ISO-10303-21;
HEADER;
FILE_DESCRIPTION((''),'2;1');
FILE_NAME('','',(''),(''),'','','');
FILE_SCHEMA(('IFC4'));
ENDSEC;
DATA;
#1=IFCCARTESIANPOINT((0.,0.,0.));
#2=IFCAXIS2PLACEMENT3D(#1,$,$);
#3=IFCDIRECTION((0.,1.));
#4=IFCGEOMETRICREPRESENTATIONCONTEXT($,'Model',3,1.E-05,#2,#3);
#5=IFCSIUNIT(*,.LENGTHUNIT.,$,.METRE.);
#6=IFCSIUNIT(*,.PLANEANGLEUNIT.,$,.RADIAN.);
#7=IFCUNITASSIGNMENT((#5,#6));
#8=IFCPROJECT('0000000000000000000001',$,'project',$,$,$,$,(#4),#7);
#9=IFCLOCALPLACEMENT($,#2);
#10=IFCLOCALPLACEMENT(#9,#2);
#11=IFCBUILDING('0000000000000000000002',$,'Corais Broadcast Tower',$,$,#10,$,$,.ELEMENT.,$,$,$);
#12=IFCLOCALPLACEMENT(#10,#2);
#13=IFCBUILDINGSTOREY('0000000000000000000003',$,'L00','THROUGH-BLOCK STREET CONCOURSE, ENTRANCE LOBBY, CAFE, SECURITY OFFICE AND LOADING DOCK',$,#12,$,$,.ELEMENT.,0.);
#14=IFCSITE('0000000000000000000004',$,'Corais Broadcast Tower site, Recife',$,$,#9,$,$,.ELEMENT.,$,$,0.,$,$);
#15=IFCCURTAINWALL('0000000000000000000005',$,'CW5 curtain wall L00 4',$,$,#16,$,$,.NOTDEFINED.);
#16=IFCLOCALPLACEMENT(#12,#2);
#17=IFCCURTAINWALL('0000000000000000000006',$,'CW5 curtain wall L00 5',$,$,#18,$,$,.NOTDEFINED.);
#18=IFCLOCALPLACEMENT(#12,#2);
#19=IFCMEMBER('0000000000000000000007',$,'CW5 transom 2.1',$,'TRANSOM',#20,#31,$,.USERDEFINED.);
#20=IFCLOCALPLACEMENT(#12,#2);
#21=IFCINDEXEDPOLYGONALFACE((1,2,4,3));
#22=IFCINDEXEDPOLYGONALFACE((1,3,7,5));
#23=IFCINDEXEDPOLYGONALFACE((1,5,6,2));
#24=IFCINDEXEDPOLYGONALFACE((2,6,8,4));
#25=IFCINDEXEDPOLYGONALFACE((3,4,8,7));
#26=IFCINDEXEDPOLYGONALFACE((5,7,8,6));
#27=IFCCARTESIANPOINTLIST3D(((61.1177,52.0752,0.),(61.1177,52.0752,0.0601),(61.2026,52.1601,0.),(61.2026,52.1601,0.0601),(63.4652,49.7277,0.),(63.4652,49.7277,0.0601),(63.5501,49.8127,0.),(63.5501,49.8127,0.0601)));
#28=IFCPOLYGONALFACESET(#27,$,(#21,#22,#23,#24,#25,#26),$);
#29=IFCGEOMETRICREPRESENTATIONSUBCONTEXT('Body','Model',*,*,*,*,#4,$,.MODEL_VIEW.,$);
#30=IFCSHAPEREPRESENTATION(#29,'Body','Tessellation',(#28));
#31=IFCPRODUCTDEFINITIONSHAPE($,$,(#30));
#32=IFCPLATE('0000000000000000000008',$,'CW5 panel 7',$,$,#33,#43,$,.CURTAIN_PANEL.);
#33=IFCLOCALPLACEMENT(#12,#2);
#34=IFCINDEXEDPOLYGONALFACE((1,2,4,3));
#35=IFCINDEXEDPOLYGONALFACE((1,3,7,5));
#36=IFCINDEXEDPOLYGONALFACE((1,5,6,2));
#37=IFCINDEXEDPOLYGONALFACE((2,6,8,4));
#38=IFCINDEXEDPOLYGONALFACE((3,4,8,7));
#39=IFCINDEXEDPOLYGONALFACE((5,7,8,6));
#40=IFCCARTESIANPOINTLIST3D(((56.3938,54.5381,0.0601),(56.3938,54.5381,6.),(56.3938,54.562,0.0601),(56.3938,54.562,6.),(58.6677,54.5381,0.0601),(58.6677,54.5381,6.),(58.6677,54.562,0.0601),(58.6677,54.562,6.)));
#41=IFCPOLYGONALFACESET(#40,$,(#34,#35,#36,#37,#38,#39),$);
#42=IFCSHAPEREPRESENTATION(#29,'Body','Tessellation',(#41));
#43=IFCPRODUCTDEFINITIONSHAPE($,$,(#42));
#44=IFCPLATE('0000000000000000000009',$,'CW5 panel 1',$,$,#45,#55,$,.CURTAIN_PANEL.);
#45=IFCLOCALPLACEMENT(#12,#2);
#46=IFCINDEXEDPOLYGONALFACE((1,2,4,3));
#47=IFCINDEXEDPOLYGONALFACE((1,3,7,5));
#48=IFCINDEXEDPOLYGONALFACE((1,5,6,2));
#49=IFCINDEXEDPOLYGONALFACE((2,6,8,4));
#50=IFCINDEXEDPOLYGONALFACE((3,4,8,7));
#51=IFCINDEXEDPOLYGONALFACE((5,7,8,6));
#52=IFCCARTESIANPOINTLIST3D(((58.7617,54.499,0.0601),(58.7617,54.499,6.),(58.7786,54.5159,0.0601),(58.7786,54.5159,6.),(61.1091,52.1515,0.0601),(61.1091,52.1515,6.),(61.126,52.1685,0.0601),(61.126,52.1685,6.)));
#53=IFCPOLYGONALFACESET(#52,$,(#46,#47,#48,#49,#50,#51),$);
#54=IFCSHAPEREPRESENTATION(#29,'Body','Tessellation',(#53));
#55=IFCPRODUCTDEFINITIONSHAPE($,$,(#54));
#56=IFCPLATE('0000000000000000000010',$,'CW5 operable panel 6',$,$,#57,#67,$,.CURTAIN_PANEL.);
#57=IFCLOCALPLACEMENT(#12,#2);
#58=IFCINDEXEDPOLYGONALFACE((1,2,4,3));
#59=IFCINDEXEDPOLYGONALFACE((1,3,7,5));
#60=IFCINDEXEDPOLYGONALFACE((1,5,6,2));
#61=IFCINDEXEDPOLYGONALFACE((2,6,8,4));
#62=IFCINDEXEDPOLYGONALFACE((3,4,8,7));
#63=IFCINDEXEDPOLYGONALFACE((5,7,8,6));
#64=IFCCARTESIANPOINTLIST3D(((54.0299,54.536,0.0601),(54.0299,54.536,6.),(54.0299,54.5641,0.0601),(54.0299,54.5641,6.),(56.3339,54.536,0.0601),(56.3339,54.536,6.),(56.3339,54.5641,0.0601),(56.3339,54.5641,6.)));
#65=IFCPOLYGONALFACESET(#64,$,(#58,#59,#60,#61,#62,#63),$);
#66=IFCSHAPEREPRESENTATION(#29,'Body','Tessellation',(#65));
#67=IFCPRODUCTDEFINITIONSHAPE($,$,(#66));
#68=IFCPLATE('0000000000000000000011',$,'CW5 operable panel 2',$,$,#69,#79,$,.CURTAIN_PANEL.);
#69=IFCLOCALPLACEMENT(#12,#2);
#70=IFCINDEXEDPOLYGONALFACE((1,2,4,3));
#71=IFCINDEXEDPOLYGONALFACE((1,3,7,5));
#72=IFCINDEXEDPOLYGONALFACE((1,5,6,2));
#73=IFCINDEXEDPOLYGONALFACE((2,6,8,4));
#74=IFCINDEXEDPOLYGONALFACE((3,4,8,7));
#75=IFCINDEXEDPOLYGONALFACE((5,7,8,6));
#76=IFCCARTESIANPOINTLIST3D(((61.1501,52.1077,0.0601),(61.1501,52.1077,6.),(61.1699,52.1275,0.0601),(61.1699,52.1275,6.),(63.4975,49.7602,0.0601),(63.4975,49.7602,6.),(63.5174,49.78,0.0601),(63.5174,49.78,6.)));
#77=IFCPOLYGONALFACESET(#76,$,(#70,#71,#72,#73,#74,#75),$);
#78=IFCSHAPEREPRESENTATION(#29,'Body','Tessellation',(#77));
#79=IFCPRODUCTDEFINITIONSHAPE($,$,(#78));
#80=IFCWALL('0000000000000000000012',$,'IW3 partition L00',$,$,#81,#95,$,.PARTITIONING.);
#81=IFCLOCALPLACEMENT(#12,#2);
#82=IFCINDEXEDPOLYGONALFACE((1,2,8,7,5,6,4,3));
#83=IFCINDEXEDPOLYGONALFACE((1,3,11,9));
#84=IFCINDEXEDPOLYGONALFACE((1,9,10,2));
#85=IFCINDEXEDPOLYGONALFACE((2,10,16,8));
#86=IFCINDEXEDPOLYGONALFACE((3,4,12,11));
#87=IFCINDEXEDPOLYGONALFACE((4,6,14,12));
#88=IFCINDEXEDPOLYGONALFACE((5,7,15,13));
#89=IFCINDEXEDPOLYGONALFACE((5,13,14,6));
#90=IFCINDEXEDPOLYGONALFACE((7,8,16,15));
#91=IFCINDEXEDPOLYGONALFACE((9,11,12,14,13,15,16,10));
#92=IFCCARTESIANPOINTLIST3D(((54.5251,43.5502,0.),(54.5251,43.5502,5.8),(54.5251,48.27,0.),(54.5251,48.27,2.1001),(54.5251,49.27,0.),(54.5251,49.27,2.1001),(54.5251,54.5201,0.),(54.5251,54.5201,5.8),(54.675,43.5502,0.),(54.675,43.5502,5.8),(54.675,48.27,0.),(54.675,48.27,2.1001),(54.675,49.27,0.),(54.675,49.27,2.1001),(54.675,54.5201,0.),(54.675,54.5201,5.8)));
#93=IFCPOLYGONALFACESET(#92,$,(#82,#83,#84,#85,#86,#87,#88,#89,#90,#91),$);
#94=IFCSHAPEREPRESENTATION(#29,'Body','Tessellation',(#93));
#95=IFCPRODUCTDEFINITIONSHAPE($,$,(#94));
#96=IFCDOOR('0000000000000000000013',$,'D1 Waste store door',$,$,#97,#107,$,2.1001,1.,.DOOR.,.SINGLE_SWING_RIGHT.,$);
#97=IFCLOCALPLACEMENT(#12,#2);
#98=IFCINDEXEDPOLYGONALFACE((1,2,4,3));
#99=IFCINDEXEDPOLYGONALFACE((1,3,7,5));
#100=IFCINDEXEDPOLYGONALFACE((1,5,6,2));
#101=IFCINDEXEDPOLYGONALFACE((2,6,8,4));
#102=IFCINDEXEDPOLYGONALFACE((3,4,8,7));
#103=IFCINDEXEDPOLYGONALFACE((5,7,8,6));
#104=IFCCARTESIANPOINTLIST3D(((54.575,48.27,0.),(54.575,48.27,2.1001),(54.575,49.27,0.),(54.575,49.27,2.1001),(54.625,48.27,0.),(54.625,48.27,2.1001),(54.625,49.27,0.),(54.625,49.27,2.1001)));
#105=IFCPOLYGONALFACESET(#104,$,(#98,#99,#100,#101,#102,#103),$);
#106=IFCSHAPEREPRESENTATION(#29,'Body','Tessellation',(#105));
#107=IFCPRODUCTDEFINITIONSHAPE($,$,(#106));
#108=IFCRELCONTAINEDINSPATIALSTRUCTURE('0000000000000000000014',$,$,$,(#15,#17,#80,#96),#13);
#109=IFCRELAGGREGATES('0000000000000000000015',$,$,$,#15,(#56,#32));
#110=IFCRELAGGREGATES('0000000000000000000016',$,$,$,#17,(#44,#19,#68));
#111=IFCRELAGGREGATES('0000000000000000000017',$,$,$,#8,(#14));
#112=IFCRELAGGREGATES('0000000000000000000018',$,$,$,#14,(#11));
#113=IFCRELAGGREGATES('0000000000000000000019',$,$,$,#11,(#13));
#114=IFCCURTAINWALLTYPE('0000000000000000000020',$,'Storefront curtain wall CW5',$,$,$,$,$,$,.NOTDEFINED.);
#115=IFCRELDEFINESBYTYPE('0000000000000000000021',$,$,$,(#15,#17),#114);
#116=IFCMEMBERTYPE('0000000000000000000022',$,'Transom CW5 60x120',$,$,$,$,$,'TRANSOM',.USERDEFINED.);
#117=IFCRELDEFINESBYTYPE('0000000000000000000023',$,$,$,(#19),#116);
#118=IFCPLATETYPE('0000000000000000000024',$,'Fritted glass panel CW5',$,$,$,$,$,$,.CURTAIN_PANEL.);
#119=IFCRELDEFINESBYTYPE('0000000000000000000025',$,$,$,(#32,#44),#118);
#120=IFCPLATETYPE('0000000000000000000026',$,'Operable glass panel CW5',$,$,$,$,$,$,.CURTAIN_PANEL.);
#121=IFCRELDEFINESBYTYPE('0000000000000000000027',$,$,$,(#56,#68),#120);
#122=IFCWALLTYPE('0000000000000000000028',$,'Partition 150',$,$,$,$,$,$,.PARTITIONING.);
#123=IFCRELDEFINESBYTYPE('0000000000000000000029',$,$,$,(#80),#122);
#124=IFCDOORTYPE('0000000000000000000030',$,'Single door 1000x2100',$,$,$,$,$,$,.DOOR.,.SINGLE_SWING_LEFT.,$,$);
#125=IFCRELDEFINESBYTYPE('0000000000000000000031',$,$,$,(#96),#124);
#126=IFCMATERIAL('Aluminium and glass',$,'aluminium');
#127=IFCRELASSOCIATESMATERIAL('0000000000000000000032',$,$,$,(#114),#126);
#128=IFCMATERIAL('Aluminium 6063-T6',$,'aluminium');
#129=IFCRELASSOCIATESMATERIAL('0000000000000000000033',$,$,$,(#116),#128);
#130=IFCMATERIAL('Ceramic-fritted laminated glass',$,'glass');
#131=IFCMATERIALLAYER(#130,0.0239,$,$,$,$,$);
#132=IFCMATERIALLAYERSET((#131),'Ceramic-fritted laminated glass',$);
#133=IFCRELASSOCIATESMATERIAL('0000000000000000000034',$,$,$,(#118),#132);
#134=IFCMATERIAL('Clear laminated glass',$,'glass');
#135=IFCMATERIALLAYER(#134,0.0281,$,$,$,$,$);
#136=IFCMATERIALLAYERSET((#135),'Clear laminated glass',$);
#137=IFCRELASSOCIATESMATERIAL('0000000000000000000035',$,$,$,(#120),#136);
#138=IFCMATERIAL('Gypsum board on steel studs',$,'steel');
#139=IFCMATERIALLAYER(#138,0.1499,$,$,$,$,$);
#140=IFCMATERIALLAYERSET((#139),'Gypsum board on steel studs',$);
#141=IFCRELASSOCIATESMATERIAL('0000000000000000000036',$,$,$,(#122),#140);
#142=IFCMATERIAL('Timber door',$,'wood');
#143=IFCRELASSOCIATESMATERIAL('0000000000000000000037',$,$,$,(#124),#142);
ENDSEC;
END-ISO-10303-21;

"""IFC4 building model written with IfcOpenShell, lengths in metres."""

from ifc_helpers import new_model, si_unit, direction, frame, frame_2d, origin, origin_2d, place, context, subcontext, project, spatial, rectangle, extrude, material, layer, layer_set, material_profile, profile_set, type_object, element, fill, aggregate, save


model = new_model("IFC4")

# Units and contexts
model_context = context("Model", 3, precision=1e-05, world=origin(), true_north=direction((0.0, 1.0)))
body_context = subcontext(model_context, "Body", "Model", "MODEL_VIEW")
ifc_project = project(units=[si_unit("LENGTHUNIT", "METRE"), si_unit("PLANEANGLEUNIT", "RADIAN")], contexts=[model_context])

# Site, building, storey
site_placement = place(None, origin())
site = spatial("IfcSite", under=ifc_project, at=site_placement, Name="Corais Broadcast Tower site, Recife", CompositionType="ELEMENT", RefElevation=0.0)
building_placement = place(site_placement, origin())
building = spatial("IfcBuilding", under=site, at=building_placement, Name="Corais Broadcast Tower", CompositionType="ELEMENT")
storey_placement = place(building_placement, origin())
storey = spatial("IfcBuildingStorey", under=building, at=storey_placement, Name="L00", Description="THROUGH-BLOCK STREET CONCOURSE, ENTRANCE LOBBY, CAFE, SECURITY OFFICE AND LOADING DOCK", CompositionType="ELEMENT", Elevation=0.0)

# Curtain walls
ifc_material_1 = material(Name="Aluminium and glass", Category="aluminium")
curtain_wall_type = type_object("IfcCurtainWallType", Name="Storefront curtain wall CW5", PredefinedType="NOTDEFINED", material=ifc_material_1)
curtain_wall_1_placement = place(storey_placement, origin())
curtain_wall_1 = element("IfcCurtainWall", 1, at=curtain_wall_1_placement, inside=storey, type_object=curtain_wall_type, Name="CW5 curtain wall L00 4", PredefinedType="NOTDEFINED")
curtain_wall_2_placement = place(storey_placement, origin())
curtain_wall_2 = element("IfcCurtainWall", 2, at=curtain_wall_2_placement, inside=storey, type_object=curtain_wall_type, Name="CW5 curtain wall L00 5", PredefinedType="NOTDEFINED")

# Member
ifc_material_2 = material(Name="Aluminium 6063-T6", Category="aluminium")
ifc_material_profile_1 = material_profile(ifc_material_2, rectangle(XDim=0.1201, YDim=0.0601, at=origin_2d()), Name="Transom CW5 60x120")
ifc_profile_set_1 = profile_set([ifc_material_profile_1], Name="Aluminium 6063-T6")
member_type_1 = type_object("IfcMemberType", Name="Transom CW5 60x120", ElementType="TRANSOM", PredefinedType="USERDEFINED", material=ifc_profile_set_1)
member_1_placement = place(storey_placement, frame((61.1602, 52.1177, 0.03), z_axis=(0.707107, -0.707107, 0.0), x_axis=(0.707107, 0.707107, 0.0)))
member_1 = element("IfcMember", 3, at=member_1_placement, type_object=member_type_1, Name="CW5 transom 2.1", ObjectType="TRANSOM", PredefinedType="USERDEFINED", context=body_context, shape_type="SweptSolid", body=[
    extrude(rectangle(XDim=0.1201, YDim=0.0601, at=origin_2d()), origin(), (0.0, 0.0, 1.0), 3.3198),
])

# Plates
ifc_material_3 = material(Name="Ceramic-fritted laminated glass", Category="glass")
ifc_layer_1 = layer(ifc_material_3, 0.0239)
ifc_layer_set_1 = layer_set([ifc_layer_1], Name="Ceramic-fritted laminated glass")
plate_type_1 = type_object("IfcPlateType", Name="Fritted glass panel CW5", PredefinedType="CURTAIN_PANEL", material=ifc_layer_set_1)
plate_1_placement = place(storey_placement, frame((57.5308, 54.55, 0.0601), z_axis=(0.0, 0.0, 1.0), x_axis=(1.0, 0.0, 0.0)))
plate_1 = element("IfcPlate", 4, at=plate_1_placement, type_object=plate_type_1, Name="CW5 panel 7", PredefinedType="CURTAIN_PANEL", context=body_context, shape_type="SweptSolid", body=[
    extrude(rectangle(XDim=2.2739, YDim=0.0239, at=origin_2d()), origin(), (0.0, 0.0, 1.0), 5.9399),
])
plate_2_placement = place(storey_placement, frame((59.9438, 53.3337, 0.0601), z_axis=(0.0, 0.0, 1.0), x_axis=(0.707107, -0.707107, 0.0)))
plate_2 = element("IfcPlate", 5, at=plate_2_placement, type_object=plate_type_1, Name="CW5 panel 1", PredefinedType="CURTAIN_PANEL", context=body_context, shape_type="SweptSolid", body=[
    extrude(rectangle(XDim=3.3198, YDim=0.0239, at=origin_2d()), origin(), (0.0, 0.0, 1.0), 5.9399),
])
ifc_material_4 = material(Name="Clear laminated glass", Category="glass")
ifc_layer_2 = layer(ifc_material_4, 0.0281)
ifc_layer_set_2 = layer_set([ifc_layer_2], Name="Clear laminated glass")
plate_type_2 = type_object("IfcPlateType", Name="Operable glass panel CW5", PredefinedType="CURTAIN_PANEL", material=ifc_layer_set_2)
plate_3_placement = place(storey_placement, frame((55.1819, 54.55, 0.0601), z_axis=(0.0, 0.0, 1.0), x_axis=(1.0, 0.0, 0.0)))
plate_3 = element("IfcPlate", 6, at=plate_3_placement, type_object=plate_type_2, Name="CW5 operable panel 6", PredefinedType="CURTAIN_PANEL", context=body_context, shape_type="SweptSolid", body=[
    extrude(rectangle(XDim=2.304, YDim=0.0281, at=origin_2d()), origin(), (0.0, 0.0, 1.0), 5.9399),
])
aggregate(curtain_wall_1, [plate_3, plate_1])
plate_4_placement = place(storey_placement, frame((62.3337, 50.9438, 0.0601), z_axis=(0.0, 0.0, 1.0), x_axis=(0.707107, -0.707107, 0.0)))
plate_4 = element("IfcPlate", 7, at=plate_4_placement, type_object=plate_type_2, Name="CW5 operable panel 2", PredefinedType="CURTAIN_PANEL", context=body_context, shape_type="SweptSolid", body=[
    extrude(rectangle(XDim=3.3198, YDim=0.0281, at=origin_2d()), origin(), (0.0, 0.0, 1.0), 5.9399),
])
aggregate(curtain_wall_2, [plate_2, member_1, plate_4])

# Wall, opening, door
ifc_material_5 = material(Name="Gypsum board on steel studs", Category="steel")
ifc_layer_3 = layer(ifc_material_5, 0.1499)
ifc_layer_set_3 = layer_set([ifc_layer_3], Name="Gypsum board on steel studs")
wall_type_1 = type_object("IfcWallType", Name="Partition 150", PredefinedType="PARTITIONING", material=ifc_layer_set_3)
wall_1_placement = place(storey_placement, frame((54.6001, 54.52, 0.0), z_axis=(0.0, 0.0, 1.0), x_axis=(0.0, -1.0, 0.0)))
wall_1 = element("IfcWall", 8, at=wall_1_placement, inside=storey, type_object=wall_type_1, Name="IW3 partition L00", PredefinedType="PARTITIONING", context=body_context, shape_type="SweptSolid", body=[
    extrude(rectangle(XDim=10.97, YDim=0.1499, at=frame_2d((5.4849, 0.0))), origin(), (0.0, 0.0, 1.0), 5.8),
])
opening_1_placement = place(wall_1_placement, frame((5.25, 0.0, 0.0)))
opening_1 = element("IfcOpeningElement", 9, at=opening_1_placement, cuts=wall_1, PredefinedType="OPENING", context=body_context, shape_type="SweptSolid", body=[
    extrude(rectangle(XDim=1.0, YDim=2.1001, at=frame_2d((0.5, 1.05))), frame((0.0, 0.085, 0.0), z_axis=(0.0, -1.0, 0.0), x_axis=(1.0, 0.0, 0.0)), (0.0, 0.0, 1.0), 0.1699),
])
ifc_material_6 = material(Name="Timber door", Category="wood")
door_type_1 = type_object("IfcDoorType", Name="Single door 1000x2100", OperationType="SINGLE_SWING_LEFT", PredefinedType="DOOR", material=ifc_material_6)
door_1_placement = place(opening_1_placement, origin())
door_1 = element("IfcDoor", 10, at=door_1_placement, inside=storey, type_object=door_type_1, Name="D1 Waste store door", OperationType="SINGLE_SWING_RIGHT", OverallHeight=2.1001, OverallWidth=1.0, PredefinedType="DOOR", context=body_context, shape_type="SweptSolid", body=[
    extrude(rectangle(XDim=1.0, YDim=2.1001, at=frame_2d((0.5, 1.05))), frame((0.0, 0.0249, 0.0), z_axis=(0.0, -1.0, 0.0), x_axis=(1.0, 0.0, 0.0)), (0.0, 0.0, 1.0), 0.05),
])
fill(opening_1, door_1)

save(model, "model.ifc")
